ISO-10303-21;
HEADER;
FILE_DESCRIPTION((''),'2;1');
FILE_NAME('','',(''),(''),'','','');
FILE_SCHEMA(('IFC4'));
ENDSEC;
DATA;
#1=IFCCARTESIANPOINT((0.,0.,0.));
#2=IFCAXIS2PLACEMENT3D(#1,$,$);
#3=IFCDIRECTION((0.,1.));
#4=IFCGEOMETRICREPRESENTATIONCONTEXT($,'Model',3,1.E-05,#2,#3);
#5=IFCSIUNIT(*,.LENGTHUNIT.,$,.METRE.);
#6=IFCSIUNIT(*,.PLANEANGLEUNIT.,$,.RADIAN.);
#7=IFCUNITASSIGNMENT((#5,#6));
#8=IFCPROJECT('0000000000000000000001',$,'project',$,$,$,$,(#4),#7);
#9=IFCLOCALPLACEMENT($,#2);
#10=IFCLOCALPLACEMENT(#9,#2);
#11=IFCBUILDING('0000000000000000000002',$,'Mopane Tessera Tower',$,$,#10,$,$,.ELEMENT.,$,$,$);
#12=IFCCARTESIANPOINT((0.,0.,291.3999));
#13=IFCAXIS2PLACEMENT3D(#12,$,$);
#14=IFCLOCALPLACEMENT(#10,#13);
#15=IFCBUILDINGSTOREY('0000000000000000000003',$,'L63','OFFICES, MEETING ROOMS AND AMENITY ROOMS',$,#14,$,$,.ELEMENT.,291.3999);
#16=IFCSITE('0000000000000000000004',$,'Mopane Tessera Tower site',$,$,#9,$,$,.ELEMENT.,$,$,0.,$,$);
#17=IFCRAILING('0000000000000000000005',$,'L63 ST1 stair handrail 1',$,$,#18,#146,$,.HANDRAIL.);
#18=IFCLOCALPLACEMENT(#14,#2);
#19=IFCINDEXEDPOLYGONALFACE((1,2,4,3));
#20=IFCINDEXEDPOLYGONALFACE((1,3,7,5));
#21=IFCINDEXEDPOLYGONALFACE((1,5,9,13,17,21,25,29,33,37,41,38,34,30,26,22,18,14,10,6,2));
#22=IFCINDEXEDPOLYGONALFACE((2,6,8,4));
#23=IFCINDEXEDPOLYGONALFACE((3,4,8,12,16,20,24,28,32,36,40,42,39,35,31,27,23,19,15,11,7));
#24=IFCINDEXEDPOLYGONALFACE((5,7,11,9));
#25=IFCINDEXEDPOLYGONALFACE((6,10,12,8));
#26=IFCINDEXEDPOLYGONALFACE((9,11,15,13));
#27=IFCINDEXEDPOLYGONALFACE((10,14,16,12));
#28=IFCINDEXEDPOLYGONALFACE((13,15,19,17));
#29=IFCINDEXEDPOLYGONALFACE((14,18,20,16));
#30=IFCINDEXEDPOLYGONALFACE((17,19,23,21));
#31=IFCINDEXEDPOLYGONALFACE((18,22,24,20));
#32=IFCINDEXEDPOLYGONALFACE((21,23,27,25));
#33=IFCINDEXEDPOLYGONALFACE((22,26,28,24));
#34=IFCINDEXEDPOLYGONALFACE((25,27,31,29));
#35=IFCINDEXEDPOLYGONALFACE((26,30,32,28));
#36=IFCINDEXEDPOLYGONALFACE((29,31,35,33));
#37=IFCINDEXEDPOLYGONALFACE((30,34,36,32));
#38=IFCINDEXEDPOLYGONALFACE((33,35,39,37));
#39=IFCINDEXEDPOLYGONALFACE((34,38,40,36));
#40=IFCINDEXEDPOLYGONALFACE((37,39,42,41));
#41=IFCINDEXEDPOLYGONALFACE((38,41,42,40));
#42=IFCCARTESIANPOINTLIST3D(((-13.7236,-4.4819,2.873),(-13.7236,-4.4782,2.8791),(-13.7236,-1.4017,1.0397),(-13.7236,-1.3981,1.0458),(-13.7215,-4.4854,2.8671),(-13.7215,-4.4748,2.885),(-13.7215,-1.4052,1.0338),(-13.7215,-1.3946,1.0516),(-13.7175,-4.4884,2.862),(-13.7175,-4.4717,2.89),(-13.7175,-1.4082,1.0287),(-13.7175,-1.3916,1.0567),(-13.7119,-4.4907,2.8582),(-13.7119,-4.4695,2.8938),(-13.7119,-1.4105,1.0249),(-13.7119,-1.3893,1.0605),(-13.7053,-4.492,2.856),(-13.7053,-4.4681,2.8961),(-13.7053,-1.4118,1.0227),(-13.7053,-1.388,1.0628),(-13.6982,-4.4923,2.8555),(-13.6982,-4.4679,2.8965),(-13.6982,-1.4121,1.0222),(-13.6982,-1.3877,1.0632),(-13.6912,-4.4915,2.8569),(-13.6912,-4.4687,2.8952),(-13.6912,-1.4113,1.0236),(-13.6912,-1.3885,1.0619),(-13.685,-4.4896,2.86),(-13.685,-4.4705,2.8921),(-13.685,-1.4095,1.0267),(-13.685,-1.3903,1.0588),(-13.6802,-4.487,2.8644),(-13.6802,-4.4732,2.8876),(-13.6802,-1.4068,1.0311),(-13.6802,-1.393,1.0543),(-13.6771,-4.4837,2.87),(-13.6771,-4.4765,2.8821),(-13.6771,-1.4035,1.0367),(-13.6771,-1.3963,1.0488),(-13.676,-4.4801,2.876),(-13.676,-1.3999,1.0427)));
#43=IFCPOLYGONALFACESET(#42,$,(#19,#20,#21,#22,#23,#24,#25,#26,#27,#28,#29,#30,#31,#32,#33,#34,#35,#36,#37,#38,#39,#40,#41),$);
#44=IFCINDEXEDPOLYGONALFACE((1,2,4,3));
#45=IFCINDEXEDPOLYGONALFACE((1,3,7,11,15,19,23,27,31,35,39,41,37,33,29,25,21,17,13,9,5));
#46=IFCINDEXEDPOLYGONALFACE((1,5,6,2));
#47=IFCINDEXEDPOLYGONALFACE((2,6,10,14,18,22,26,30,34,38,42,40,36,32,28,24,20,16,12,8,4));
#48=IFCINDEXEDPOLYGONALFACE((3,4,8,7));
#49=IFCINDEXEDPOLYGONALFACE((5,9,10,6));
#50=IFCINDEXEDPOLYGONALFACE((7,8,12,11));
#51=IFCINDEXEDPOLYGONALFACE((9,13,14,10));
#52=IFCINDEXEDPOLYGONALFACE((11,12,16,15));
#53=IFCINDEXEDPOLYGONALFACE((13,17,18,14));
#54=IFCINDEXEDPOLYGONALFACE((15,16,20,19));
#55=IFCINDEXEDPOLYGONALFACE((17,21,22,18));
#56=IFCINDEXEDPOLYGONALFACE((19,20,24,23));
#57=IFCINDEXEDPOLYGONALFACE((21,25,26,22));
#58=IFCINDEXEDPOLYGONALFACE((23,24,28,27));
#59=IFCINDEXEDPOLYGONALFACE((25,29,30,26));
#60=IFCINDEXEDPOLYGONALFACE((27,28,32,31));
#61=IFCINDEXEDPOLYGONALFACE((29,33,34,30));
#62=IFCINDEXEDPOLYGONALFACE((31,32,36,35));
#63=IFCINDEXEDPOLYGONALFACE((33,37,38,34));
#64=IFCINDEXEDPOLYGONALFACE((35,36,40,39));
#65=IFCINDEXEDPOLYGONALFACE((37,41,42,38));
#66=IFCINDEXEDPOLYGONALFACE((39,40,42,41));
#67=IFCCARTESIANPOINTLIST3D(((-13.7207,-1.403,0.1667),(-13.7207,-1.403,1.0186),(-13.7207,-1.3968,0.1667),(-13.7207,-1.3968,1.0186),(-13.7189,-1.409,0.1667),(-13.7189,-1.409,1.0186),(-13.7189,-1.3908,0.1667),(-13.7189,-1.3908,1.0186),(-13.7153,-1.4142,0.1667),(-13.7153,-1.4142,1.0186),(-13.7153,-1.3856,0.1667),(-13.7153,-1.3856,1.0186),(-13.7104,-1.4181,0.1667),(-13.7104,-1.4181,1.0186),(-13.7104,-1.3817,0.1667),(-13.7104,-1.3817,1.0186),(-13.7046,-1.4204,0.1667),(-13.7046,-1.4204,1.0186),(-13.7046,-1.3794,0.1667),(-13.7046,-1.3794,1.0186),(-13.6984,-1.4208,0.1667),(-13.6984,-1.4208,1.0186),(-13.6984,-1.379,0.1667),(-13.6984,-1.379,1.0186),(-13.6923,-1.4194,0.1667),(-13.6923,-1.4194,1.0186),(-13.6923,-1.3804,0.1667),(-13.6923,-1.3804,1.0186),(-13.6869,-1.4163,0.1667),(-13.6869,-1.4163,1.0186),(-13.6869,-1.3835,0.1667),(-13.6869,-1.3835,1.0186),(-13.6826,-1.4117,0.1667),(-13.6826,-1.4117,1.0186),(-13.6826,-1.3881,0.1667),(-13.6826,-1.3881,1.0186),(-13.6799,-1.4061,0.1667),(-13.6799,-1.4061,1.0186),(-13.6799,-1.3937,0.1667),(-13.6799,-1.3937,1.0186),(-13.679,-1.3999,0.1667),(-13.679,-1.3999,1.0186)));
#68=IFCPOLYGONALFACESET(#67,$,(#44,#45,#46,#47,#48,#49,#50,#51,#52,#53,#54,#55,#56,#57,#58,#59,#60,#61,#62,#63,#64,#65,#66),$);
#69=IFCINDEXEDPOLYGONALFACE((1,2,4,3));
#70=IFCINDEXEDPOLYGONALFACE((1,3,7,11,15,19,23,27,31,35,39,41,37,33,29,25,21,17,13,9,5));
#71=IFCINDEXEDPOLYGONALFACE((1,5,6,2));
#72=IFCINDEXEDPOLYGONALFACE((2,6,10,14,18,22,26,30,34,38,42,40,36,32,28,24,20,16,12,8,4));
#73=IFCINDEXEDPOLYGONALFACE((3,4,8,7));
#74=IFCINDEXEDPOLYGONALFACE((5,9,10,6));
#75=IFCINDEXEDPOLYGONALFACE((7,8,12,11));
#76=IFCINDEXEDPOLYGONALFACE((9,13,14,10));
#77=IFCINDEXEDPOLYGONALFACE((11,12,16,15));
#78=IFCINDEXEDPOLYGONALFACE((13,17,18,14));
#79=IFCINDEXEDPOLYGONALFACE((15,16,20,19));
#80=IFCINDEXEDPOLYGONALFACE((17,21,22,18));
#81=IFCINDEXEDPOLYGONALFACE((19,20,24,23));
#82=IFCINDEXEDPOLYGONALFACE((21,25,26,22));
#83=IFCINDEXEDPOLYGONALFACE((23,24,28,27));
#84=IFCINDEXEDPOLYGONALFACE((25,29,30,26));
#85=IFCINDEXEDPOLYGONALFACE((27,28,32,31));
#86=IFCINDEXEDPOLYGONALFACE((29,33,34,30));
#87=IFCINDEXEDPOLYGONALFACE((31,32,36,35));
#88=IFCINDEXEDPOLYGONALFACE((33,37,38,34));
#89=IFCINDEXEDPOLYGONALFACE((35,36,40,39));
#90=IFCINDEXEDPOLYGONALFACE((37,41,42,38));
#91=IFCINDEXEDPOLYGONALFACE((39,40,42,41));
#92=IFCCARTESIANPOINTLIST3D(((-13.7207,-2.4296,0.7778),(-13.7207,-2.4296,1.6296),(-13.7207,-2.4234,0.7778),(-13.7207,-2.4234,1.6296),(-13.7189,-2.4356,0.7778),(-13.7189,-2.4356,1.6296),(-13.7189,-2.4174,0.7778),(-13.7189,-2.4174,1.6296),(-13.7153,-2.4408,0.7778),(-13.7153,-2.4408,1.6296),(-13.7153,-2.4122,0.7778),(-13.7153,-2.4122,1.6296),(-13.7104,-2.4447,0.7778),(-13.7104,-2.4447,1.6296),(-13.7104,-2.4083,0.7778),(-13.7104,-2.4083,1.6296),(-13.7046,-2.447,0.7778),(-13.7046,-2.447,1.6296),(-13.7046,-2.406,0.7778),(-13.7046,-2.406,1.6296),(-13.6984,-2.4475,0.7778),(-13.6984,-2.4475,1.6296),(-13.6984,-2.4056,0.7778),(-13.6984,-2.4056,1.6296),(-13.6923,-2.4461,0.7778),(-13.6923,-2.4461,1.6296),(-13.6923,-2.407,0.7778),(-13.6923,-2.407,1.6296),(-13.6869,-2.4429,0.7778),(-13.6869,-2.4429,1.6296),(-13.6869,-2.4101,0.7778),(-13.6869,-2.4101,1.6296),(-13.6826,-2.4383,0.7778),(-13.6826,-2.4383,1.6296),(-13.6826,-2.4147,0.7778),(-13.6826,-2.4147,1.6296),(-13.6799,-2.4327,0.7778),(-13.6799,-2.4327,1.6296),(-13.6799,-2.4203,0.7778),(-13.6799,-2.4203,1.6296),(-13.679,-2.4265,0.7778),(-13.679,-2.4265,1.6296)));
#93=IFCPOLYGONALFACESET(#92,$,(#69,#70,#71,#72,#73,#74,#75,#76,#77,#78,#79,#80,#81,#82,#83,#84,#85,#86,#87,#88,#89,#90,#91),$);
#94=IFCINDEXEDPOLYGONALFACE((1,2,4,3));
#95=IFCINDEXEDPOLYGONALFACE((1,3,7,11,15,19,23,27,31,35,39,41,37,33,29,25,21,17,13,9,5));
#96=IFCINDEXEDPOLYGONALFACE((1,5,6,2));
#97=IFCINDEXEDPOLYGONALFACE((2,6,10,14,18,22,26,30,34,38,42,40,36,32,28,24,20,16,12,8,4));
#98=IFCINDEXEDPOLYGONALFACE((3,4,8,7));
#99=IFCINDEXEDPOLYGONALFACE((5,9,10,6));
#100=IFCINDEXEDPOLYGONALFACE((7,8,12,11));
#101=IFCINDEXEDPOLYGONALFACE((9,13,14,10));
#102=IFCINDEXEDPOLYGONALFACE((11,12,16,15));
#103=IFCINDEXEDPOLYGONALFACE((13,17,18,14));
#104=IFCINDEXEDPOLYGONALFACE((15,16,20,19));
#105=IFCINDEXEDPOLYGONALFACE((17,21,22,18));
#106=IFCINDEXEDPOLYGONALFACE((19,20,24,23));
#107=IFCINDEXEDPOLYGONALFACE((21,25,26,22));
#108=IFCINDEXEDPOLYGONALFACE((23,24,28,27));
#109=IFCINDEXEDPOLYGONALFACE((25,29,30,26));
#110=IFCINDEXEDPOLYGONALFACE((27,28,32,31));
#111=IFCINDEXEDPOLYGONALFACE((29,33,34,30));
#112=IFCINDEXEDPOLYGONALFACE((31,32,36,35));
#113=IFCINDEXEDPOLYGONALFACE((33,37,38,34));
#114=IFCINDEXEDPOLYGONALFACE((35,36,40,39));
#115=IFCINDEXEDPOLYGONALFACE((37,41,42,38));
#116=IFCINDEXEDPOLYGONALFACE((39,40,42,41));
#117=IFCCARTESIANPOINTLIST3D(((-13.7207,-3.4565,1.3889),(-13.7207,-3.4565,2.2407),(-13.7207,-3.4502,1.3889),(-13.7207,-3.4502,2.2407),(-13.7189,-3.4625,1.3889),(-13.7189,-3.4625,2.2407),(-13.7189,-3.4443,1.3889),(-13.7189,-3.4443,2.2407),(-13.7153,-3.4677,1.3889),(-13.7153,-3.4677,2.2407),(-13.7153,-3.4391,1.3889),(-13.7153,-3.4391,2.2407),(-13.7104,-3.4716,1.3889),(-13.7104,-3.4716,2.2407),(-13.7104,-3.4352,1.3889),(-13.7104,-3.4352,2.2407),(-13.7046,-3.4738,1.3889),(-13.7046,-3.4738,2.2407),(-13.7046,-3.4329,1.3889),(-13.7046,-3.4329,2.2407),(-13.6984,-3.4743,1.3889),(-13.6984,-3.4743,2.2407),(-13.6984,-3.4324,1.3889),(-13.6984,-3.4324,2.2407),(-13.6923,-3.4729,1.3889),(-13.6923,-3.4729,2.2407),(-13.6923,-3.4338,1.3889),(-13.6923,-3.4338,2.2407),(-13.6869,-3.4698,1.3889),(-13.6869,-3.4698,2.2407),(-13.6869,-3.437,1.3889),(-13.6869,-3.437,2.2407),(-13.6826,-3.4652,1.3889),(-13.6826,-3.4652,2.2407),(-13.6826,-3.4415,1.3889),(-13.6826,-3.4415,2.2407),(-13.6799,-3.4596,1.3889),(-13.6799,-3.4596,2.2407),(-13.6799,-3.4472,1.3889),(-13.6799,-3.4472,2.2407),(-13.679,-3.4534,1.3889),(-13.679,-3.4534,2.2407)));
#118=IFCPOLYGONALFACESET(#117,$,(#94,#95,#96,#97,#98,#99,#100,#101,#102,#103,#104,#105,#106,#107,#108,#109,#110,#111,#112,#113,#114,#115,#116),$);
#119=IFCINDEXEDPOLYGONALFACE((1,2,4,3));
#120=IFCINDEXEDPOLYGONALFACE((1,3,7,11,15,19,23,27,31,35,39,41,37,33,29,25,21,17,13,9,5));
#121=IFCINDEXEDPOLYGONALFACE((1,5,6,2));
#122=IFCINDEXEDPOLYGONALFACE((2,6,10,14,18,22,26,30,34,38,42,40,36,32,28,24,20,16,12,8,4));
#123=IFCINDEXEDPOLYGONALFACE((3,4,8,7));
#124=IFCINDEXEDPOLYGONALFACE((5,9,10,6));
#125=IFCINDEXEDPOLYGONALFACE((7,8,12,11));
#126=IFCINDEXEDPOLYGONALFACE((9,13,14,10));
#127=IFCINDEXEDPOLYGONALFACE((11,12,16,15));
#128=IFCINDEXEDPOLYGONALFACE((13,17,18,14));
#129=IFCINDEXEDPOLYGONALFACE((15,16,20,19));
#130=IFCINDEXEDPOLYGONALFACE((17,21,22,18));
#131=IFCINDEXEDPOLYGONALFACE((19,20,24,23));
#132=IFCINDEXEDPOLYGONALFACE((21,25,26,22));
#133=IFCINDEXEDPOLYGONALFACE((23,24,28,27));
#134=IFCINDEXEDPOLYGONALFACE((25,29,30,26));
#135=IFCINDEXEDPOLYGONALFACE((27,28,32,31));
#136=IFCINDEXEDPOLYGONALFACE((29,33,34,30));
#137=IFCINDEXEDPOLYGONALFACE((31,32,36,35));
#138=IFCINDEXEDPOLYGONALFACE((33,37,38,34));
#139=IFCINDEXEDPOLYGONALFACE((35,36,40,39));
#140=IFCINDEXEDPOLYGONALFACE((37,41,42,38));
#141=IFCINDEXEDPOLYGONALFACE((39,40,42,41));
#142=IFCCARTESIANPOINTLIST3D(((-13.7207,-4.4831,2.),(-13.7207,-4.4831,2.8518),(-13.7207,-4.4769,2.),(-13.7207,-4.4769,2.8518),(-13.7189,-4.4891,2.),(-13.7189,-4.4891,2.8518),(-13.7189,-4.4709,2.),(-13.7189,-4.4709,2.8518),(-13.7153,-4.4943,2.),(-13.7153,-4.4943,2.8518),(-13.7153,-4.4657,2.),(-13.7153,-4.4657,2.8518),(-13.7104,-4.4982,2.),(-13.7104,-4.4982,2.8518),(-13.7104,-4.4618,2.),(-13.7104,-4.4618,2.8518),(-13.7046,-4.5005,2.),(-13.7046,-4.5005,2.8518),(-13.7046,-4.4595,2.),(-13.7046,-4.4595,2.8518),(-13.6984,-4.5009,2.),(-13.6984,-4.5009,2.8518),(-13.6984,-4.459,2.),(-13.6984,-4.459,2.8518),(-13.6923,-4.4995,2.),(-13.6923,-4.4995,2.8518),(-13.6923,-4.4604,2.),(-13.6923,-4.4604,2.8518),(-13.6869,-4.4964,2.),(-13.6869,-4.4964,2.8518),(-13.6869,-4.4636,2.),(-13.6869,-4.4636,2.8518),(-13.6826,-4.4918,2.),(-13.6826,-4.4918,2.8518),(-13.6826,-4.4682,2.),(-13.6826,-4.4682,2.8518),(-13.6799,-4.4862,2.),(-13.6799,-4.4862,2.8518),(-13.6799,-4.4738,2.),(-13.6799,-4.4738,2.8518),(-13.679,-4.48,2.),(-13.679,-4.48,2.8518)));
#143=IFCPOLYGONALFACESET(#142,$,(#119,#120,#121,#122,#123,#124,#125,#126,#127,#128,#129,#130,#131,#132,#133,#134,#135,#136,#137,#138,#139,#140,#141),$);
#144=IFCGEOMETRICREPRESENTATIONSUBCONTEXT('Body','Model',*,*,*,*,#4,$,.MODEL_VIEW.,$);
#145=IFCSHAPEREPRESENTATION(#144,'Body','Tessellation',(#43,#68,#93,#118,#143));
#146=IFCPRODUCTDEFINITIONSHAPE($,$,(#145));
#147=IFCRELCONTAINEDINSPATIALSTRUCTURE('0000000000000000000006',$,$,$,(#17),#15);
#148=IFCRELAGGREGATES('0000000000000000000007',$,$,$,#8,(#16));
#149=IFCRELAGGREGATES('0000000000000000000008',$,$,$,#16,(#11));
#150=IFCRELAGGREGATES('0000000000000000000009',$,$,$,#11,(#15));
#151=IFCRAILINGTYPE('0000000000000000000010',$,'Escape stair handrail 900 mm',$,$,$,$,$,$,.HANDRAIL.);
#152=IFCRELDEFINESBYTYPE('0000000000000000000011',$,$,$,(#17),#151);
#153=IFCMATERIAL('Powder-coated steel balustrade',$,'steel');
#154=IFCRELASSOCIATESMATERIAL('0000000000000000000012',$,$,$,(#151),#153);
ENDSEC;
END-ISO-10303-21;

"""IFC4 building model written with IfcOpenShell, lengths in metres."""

from ifc_helpers import new_model, si_unit, direction, frame, origin, origin_2d, place, context, subcontext, project, spatial, circle, extrude, material, type_object, element, save


model = new_model("IFC4")

# Units and contexts
model_context = context("Model", 3, precision=1e-05, world=origin(), true_north=direction((0.0, 1.0)))
body_context = subcontext(model_context, "Body", "Model", "MODEL_VIEW")
ifc_project = project(units=[si_unit("LENGTHUNIT", "METRE"), si_unit("PLANEANGLEUNIT", "RADIAN")], contexts=[model_context])

# Site, building, storey
site_placement = place(None, origin())
site = spatial("IfcSite", under=ifc_project, at=site_placement, Name="Mopane Tessera Tower site", CompositionType="ELEMENT", RefElevation=0.0)
building_placement = place(site_placement, origin())
building = spatial("IfcBuilding", under=site, at=building_placement, Name="Mopane Tessera Tower", CompositionType="ELEMENT")
storey_placement = place(building_placement, frame((0.0, 0.0, 291.3999)))
storey = spatial("IfcBuildingStorey", under=building, at=storey_placement, Name="L63", Description="OFFICES, MEETING ROOMS AND AMENITY ROOMS", CompositionType="ELEMENT", Elevation=291.3999)

# Railing
ifc_material_1 = material(Name="Powder-coated steel balustrade", Category="steel")
railing_type_1 = type_object("IfcRailingType", Name="Escape stair handrail 900 mm", PredefinedType="HANDRAIL", material=ifc_material_1)
railing_1_placement = place(storey_placement, frame((-13.7, -1.3999, 0.1667)))
element("IfcRailing", 1, at=railing_1_placement, inside=storey, type_object=railing_type_1, Name="L63 ST1 stair handrail 1", PredefinedType="HANDRAIL", context=body_context, shape_type="SweptSolid", body=[
    extrude(circle(Radius=0.0239, at=origin_2d()), frame((0.0, 0.0, 0.876), z_axis=(0.0, -0.859309, 0.511458), x_axis=(1.0, 0.0, 0.0)), (0.0, 0.0, 1.0), 3.5845),
    extrude(circle(Radius=0.021, at=origin_2d()), origin(), (0.0, 0.0, 1.0), 0.8518),
    extrude(circle(Radius=0.021, at=origin_2d()), frame((0.0, -1.0266, 0.6111)), (0.0, 0.0, 1.0), 0.8518),
    extrude(circle(Radius=0.021, at=origin_2d()), frame((0.0, -2.0535, 1.2222)), (0.0, 0.0, 1.0), 0.8518),
    extrude(circle(Radius=0.021, at=origin_2d()), frame((0.0, -3.0801, 1.8333)), (0.0, 0.0, 1.0), 0.8518),
])

save(model, "model.ifc")
